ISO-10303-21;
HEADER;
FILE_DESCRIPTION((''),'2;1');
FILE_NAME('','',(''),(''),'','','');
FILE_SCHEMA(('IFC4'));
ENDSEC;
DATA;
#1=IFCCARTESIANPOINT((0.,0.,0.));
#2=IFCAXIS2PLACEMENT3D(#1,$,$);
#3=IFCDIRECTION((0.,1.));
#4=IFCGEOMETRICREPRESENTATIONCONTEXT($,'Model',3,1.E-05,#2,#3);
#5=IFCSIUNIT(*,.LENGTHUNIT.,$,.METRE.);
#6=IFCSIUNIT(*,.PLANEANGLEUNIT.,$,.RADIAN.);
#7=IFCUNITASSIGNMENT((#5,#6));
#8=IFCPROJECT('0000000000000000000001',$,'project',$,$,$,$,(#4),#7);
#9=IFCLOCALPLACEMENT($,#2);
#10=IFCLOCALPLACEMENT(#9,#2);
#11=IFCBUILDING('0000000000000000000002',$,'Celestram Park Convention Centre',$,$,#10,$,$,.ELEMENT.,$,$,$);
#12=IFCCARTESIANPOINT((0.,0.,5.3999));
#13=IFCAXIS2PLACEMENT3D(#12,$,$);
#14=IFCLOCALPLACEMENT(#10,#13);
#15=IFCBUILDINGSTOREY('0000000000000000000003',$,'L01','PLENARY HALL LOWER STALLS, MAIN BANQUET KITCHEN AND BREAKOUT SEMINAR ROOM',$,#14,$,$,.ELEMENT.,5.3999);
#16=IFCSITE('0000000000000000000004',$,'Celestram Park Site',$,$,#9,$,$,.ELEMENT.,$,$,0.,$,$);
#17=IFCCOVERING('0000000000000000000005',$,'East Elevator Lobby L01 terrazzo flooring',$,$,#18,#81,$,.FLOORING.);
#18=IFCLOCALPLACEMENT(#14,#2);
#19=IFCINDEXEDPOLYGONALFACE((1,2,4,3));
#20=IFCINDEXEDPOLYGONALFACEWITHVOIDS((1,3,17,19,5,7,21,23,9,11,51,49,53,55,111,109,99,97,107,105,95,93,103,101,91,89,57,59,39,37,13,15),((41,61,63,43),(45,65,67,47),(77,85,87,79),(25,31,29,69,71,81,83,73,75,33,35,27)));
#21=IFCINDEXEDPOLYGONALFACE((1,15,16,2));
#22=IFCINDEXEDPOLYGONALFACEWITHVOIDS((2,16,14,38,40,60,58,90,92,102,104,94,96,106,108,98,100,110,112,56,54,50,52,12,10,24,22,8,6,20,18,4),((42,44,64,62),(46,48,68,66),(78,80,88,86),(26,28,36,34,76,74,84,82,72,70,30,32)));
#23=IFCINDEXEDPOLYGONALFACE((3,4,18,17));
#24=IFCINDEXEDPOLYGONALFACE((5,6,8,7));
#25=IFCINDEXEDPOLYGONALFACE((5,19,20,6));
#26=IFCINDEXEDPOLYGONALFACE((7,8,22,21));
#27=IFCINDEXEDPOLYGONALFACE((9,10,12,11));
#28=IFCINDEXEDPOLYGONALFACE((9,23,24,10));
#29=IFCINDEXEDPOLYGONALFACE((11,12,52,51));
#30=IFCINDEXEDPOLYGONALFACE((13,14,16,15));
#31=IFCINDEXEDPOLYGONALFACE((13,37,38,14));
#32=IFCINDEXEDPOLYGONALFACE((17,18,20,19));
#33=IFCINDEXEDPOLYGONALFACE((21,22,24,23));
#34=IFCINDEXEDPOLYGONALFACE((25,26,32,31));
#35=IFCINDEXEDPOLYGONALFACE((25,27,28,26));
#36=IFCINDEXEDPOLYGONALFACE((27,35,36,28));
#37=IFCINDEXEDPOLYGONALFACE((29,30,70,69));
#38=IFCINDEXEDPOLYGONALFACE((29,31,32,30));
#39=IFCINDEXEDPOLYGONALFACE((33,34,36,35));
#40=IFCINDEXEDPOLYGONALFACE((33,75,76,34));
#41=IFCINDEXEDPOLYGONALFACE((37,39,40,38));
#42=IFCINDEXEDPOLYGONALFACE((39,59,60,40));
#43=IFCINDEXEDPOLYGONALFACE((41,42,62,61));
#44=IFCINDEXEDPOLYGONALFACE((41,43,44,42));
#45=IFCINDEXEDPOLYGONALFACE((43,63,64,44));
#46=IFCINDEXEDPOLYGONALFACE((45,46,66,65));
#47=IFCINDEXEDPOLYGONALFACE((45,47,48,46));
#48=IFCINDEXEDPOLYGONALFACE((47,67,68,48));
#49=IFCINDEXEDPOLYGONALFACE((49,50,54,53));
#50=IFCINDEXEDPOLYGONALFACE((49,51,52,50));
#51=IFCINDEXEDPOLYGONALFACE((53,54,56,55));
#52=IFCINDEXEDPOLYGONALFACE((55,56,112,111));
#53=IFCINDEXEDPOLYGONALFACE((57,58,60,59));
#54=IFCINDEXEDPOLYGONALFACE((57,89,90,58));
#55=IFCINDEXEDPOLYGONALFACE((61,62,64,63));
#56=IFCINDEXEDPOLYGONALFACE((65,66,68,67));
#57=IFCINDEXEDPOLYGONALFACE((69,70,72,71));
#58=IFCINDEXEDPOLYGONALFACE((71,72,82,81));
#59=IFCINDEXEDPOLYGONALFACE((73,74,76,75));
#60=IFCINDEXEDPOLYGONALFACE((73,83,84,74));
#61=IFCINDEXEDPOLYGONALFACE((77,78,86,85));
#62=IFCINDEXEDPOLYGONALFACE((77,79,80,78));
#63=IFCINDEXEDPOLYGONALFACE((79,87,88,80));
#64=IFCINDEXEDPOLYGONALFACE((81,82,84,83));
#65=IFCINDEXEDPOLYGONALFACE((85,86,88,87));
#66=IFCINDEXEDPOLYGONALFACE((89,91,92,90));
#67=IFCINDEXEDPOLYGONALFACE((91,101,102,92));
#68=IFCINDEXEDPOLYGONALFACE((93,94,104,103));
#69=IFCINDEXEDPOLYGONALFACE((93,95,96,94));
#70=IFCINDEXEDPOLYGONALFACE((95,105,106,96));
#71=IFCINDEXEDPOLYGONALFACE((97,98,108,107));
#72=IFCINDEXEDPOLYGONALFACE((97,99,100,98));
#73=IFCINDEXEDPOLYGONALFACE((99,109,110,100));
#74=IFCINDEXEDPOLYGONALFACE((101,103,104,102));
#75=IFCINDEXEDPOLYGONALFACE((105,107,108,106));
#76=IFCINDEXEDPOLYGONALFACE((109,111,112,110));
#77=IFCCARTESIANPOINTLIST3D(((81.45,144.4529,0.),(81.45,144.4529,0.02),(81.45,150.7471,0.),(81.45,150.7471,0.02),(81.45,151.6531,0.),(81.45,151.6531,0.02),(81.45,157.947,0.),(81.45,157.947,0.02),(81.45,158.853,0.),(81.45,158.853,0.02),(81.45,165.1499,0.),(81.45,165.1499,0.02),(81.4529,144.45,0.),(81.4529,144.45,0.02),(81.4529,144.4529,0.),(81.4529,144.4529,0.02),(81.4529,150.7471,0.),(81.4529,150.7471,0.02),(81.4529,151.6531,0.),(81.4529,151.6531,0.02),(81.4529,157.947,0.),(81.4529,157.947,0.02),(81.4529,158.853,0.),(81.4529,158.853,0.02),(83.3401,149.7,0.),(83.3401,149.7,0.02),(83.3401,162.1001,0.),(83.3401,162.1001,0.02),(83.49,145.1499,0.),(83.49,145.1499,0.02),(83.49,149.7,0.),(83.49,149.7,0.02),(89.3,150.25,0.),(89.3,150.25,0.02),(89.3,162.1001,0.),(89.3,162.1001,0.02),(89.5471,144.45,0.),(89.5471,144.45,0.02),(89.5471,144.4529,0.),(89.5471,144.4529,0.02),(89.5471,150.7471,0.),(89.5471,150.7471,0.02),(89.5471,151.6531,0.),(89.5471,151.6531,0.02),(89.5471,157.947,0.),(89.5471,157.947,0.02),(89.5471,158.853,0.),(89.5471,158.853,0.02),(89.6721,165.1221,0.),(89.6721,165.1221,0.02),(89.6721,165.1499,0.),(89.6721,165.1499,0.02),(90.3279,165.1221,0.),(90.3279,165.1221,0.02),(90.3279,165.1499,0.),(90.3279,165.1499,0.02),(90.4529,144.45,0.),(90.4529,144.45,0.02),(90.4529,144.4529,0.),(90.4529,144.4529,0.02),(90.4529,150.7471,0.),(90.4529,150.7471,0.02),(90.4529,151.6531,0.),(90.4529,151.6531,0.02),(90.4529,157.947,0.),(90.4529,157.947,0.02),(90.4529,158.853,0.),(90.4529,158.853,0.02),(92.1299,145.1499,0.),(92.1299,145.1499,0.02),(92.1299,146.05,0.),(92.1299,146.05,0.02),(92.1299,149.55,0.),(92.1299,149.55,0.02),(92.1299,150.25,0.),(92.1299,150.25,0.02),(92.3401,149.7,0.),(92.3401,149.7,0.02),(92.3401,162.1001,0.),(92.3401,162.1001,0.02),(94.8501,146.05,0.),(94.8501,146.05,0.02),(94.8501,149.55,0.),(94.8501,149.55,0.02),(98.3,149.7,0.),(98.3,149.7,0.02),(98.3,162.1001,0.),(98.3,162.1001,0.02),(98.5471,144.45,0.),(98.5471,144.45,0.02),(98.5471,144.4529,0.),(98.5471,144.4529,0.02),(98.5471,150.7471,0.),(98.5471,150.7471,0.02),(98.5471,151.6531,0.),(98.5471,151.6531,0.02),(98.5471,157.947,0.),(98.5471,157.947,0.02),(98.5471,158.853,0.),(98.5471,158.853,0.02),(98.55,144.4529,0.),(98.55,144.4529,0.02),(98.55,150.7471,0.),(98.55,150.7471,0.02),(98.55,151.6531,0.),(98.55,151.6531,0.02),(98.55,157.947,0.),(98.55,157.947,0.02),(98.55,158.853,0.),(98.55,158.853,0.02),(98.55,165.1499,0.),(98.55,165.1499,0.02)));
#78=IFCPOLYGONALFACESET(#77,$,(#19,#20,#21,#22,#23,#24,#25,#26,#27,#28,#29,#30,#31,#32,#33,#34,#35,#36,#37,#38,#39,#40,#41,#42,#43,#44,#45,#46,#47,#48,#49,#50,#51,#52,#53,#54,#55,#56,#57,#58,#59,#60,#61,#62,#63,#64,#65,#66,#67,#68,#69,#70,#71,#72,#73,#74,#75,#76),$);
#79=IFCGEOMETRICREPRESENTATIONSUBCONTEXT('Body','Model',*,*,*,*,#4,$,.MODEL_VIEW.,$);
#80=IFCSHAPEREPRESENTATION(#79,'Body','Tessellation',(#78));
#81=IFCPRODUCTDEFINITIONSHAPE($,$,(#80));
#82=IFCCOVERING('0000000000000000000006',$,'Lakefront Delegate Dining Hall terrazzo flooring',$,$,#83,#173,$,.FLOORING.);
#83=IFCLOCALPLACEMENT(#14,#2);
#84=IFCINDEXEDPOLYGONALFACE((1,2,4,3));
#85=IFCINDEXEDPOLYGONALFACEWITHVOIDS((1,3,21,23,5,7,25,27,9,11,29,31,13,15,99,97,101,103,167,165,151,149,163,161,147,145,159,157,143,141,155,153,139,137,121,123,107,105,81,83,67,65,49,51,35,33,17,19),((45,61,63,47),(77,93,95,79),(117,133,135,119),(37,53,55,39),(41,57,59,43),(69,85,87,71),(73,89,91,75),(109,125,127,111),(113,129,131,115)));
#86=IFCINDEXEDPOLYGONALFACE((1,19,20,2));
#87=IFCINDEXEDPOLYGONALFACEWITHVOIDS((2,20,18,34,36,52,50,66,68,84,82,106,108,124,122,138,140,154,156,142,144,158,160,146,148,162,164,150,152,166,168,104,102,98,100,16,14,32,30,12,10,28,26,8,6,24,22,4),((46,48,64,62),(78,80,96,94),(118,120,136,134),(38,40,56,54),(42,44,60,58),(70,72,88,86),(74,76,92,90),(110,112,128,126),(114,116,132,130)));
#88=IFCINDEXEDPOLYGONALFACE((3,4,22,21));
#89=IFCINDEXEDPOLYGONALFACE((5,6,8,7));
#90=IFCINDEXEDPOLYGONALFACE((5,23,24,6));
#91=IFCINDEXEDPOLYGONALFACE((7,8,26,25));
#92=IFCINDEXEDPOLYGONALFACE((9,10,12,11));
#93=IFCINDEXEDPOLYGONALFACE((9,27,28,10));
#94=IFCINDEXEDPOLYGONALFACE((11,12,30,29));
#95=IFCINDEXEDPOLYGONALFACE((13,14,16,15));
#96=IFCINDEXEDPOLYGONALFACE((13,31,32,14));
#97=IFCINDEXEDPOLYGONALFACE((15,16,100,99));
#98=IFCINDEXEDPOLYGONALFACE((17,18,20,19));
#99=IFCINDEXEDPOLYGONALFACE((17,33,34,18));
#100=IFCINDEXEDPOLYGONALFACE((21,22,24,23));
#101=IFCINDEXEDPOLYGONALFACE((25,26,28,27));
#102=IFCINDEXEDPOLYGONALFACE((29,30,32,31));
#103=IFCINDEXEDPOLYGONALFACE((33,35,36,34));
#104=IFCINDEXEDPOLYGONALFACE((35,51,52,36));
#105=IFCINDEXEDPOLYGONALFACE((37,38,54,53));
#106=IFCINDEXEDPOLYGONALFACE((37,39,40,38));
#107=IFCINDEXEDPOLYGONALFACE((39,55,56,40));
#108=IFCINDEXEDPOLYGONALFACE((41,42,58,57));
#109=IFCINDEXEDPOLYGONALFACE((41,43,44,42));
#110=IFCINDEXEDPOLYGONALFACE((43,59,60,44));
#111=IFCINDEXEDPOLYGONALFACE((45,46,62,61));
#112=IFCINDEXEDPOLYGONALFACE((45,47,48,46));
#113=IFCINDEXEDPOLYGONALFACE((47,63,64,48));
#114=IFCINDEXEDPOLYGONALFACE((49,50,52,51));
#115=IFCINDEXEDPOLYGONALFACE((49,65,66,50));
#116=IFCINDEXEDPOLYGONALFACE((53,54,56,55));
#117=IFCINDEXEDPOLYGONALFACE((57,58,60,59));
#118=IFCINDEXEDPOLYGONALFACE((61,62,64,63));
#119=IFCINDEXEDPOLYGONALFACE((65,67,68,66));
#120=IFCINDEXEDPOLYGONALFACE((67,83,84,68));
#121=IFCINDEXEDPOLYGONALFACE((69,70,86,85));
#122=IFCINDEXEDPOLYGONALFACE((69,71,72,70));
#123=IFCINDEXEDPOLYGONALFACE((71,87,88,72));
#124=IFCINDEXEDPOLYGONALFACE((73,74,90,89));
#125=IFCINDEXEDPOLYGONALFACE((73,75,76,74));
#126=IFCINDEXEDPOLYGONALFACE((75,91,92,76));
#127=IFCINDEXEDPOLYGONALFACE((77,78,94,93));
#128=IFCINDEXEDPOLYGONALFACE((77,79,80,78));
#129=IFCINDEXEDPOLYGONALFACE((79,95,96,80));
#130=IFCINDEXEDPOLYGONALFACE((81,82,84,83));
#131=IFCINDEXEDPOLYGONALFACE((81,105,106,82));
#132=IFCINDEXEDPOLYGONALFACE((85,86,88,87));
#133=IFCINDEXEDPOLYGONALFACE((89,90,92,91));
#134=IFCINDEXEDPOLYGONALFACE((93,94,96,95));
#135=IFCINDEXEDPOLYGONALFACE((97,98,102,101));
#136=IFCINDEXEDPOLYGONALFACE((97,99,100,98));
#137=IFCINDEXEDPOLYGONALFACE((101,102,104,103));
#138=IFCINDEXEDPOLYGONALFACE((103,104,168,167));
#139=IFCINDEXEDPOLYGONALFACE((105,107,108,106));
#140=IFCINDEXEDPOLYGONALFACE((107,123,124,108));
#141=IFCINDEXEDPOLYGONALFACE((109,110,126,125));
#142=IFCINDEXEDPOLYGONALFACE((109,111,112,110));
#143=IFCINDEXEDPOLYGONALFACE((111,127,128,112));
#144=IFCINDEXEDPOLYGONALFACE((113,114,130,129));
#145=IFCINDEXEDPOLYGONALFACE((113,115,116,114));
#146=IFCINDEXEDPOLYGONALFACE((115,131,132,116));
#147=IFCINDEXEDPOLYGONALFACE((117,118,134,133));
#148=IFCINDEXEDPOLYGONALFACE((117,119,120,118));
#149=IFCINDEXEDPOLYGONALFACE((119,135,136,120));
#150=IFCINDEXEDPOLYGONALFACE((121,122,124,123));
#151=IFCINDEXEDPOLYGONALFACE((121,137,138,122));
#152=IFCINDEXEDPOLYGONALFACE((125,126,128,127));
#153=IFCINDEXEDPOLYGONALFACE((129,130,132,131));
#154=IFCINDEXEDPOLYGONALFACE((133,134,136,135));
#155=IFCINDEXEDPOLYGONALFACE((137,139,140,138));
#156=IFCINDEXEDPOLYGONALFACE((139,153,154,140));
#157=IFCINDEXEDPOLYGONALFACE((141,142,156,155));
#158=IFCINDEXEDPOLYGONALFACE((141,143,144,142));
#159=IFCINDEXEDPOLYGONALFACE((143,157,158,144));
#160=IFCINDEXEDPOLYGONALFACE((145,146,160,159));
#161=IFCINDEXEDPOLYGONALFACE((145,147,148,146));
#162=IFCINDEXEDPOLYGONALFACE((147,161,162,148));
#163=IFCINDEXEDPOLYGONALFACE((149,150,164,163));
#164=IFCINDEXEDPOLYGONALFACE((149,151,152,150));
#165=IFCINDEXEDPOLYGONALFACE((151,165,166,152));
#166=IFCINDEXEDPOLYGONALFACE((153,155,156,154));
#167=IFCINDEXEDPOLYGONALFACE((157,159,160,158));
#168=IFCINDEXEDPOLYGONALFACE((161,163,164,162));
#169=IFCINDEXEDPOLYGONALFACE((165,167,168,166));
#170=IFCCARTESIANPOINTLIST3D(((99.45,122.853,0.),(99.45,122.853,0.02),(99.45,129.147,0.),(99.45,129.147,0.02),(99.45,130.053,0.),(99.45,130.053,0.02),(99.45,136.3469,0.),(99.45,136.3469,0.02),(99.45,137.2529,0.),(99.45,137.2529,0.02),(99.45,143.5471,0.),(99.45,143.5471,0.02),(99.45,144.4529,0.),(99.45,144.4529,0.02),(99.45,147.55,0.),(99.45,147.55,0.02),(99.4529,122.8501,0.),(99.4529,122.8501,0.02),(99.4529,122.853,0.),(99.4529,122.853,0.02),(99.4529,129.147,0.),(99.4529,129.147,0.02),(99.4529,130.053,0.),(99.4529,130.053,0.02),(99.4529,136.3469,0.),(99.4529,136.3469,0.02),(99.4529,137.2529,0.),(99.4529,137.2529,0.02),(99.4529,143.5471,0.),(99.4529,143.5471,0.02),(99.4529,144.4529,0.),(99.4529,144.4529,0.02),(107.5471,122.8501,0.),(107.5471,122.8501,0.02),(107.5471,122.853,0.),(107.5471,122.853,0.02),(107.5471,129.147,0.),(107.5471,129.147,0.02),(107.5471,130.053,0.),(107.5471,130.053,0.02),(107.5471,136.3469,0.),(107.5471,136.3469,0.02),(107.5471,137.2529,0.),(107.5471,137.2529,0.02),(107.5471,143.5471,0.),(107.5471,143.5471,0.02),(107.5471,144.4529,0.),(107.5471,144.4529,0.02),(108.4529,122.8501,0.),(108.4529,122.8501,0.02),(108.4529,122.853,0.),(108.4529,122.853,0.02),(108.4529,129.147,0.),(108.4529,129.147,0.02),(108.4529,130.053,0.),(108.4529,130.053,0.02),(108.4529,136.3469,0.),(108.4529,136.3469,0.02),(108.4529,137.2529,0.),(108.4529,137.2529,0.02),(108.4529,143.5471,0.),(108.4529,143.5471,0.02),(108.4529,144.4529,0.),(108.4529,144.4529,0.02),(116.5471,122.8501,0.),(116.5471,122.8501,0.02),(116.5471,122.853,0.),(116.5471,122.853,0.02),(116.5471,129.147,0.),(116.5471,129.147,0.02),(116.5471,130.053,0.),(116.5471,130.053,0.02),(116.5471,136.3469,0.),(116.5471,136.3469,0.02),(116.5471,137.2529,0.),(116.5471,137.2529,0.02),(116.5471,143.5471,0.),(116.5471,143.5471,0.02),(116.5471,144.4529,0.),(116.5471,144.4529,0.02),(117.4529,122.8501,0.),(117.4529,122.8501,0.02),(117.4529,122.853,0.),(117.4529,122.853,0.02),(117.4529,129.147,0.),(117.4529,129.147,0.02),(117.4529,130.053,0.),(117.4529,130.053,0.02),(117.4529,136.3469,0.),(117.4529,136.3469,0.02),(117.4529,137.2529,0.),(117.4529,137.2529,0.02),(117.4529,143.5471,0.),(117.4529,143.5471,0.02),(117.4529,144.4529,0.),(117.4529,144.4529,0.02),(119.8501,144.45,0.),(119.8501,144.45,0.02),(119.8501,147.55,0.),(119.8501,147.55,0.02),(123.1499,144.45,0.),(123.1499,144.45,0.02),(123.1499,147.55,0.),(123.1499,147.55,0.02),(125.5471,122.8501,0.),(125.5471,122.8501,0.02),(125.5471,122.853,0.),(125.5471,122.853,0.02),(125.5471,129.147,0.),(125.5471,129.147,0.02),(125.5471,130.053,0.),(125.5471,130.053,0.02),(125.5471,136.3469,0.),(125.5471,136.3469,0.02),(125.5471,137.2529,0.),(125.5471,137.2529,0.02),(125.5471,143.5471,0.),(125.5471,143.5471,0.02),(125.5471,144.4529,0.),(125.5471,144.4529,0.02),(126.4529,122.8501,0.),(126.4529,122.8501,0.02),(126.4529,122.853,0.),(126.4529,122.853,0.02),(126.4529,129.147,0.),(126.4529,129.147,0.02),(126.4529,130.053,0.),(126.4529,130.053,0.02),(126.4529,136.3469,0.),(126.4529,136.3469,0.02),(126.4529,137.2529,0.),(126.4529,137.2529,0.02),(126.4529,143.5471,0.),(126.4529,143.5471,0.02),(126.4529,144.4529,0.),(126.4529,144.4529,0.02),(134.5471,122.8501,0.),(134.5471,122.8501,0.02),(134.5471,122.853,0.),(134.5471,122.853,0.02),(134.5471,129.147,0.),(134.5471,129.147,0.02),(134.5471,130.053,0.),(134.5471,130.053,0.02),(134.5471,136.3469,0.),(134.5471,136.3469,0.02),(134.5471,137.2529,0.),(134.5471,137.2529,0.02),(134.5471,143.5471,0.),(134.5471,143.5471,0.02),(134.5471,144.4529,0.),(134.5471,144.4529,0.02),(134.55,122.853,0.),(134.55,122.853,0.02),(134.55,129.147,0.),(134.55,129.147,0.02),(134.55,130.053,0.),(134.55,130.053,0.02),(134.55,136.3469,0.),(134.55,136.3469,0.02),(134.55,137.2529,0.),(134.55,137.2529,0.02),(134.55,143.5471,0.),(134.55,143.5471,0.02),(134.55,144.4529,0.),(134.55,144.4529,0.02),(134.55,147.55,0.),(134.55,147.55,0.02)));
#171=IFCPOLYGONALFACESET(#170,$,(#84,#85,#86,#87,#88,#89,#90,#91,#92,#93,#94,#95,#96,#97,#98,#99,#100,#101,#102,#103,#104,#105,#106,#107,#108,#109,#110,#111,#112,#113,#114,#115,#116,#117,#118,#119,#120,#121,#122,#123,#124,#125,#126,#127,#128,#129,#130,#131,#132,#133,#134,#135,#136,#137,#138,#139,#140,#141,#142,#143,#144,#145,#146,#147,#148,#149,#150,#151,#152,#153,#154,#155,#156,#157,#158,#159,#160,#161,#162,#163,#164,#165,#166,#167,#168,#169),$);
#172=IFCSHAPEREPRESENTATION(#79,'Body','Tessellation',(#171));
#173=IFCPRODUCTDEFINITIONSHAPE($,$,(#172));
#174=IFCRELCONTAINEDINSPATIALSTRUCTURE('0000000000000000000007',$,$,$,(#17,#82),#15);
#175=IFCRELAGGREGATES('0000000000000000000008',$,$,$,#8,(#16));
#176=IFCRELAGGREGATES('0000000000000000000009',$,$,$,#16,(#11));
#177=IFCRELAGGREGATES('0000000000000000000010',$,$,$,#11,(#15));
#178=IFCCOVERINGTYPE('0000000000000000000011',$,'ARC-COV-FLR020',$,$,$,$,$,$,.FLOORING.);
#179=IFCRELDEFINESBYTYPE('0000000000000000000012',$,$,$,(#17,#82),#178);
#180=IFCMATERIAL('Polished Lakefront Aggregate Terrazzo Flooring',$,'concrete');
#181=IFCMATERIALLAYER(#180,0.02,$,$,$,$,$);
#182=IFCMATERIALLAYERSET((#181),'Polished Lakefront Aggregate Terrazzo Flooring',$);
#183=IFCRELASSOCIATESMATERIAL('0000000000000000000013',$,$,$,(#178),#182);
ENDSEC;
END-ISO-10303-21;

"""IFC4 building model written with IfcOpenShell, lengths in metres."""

from ifc_helpers import new_model, si_unit, direction, frame, origin, place, context, subcontext, project, spatial, polyline, outline, extrude, material, layer, layer_set, type_object, element, save


model = new_model("IFC4")

# Units and contexts
model_context = context("Model", 3, precision=1e-05, world=origin(), true_north=direction((0.0, 1.0)))
body_context = subcontext(model_context, "Body", "Model", "MODEL_VIEW")
ifc_project = project(units=[si_unit("LENGTHUNIT", "METRE"), si_unit("PLANEANGLEUNIT", "RADIAN")], contexts=[model_context])

# Site, building, storey
site_placement = place(None, origin())
site = spatial("IfcSite", under=ifc_project, at=site_placement, Name="Celestram Park Site", CompositionType="ELEMENT", RefElevation=0.0)
building_placement = place(site_placement, origin())
building = spatial("IfcBuilding", under=site, at=building_placement, Name="Celestram Park Convention Centre", CompositionType="ELEMENT")
storey_placement = place(building_placement, frame((0.0, 0.0, 5.3999)))
storey = spatial("IfcBuildingStorey", under=building, at=storey_placement, Name="L01", Description="PLENARY HALL LOWER STALLS, MAIN BANQUET KITCHEN AND BREAKOUT SEMINAR ROOM", CompositionType="ELEMENT", Elevation=5.3999)

# Coverings
ifc_material_1 = material(Name="Polished Lakefront Aggregate Terrazzo Flooring", Category="concrete")
ifc_layer_1 = layer(ifc_material_1, 0.02)
ifc_layer_set_1 = layer_set([ifc_layer_1], Name="Polished Lakefront Aggregate Terrazzo Flooring")
covering_type_1 = type_object("IfcCoveringType", Name="ARC-COV-FLR020", PredefinedType="FLOORING", material=ifc_layer_set_1)
covering_1_placement = place(storey_placement, origin())
element("IfcCovering", 1, at=covering_1_placement, inside=storey, type_object=covering_type_1, Name="East Elevator Lobby L01 terrazzo flooring", PredefinedType="FLOORING", context=body_context, shape_type="SweptSolid", body=[
    extrude(outline(polyline([(89.6721, 165.1499), (89.6721, 165.1221), (90.3279, 165.1221), (90.3279, 165.1499), (98.55, 165.1499), (98.55, 158.853), (98.5471, 158.853), (98.5471, 157.947), (98.55, 157.947), (98.55, 151.6531), (98.5471, 151.6531), (98.5471, 150.7471), (98.55, 150.7471), (98.55, 144.4529), (98.5471, 144.4529), (98.5471, 144.45), (90.4529, 144.45), (90.4529, 144.4529), (89.5471, 144.4529), (89.5471, 144.45), (81.4529, 144.45), (81.4529, 144.4529), (81.45, 144.4529), (81.45, 150.7471), (81.4529, 150.7471), (81.4529, 151.6531), (81.45, 151.6531), (81.45, 157.947), (81.4529, 157.947), (81.4529, 158.853), (81.45, 158.853), (81.45, 165.1499), (89.6721, 165.1499)]), holes=[polyline([(92.1299, 150.25), (89.3, 150.25), (89.3, 162.1001), (83.3401, 162.1001), (83.3401, 149.7), (83.49, 149.7), (83.49, 145.1499), (92.1299, 145.1499), (92.1299, 146.05), (94.8501, 146.05), (94.8501, 149.55), (92.1299, 149.55), (92.1299, 150.25)]), polyline([(98.3, 162.1001), (92.3401, 162.1001), (92.3401, 149.7), (98.3, 149.7), (98.3, 162.1001)]), polyline([(90.4529, 151.6531), (89.5471, 151.6531), (89.5471, 150.7471), (90.4529, 150.7471), (90.4529, 151.6531)]), polyline([(90.4529, 158.853), (89.5471, 158.853), (89.5471, 157.947), (90.4529, 157.947), (90.4529, 158.853)])]), origin(), (0.0, 0.0, 1.0), 0.02),
])
covering_2_placement = place(storey_placement, origin())
element("IfcCovering", 2, at=covering_2_placement, inside=storey, type_object=covering_type_1, Name="Lakefront Delegate Dining Hall terrazzo flooring", PredefinedType="FLOORING", context=body_context, shape_type="SweptSolid", body=[
    extrude(outline(polyline([(119.8501, 147.55), (119.8501, 144.45), (123.1499, 144.45), (123.1499, 147.55), (134.55, 147.55), (134.55, 144.4529), (134.5471, 144.4529), (134.5471, 143.5471), (134.55, 143.5471), (134.55, 137.2529), (134.5471, 137.2529), (134.5471, 136.3469), (134.55, 136.3469), (134.55, 130.053), (134.5471, 130.053), (134.5471, 129.147), (134.55, 129.147), (134.55, 122.853), (134.5471, 122.853), (134.5471, 122.8501), (126.4529, 122.8501), (126.4529, 122.853), (125.5471, 122.853), (125.5471, 122.8501), (117.4529, 122.8501), (117.4529, 122.853), (116.5471, 122.853), (116.5471, 122.8501), (108.4529, 122.8501), (108.4529, 122.853), (107.5471, 122.853), (107.5471, 122.8501), (99.4529, 122.8501), (99.4529, 122.853), (99.45, 122.853), (99.45, 129.147), (99.4529, 129.147), (99.4529, 130.053), (99.45, 130.053), (99.45, 136.3469), (99.4529, 136.3469), (99.4529, 137.2529), (99.45, 137.2529), (99.45, 143.5471), (99.4529, 143.5471), (99.4529, 144.4529), (99.45, 144.4529), (99.45, 147.55), (119.8501, 147.55)]), holes=[polyline([(108.4529, 130.053), (107.5471, 130.053), (107.5471, 129.147), (108.4529, 129.147), (108.4529, 130.053)]), polyline([(126.4529, 130.053), (125.5471, 130.053), (125.5471, 129.147), (126.4529, 129.147), (126.4529, 130.053)]), polyline([(117.4529, 130.053), (116.5471, 130.053), (116.5471, 129.147), (117.4529, 129.147), (117.4529, 130.053)]), polyline([(108.4529, 137.2529), (107.5471, 137.2529), (107.5471, 136.3469), (108.4529, 136.3469), (108.4529, 137.2529)]), polyline([(117.4529, 137.2529), (116.5471, 137.2529), (116.5471, 136.3469), (117.4529, 136.3469), (117.4529, 137.2529)]), polyline([(117.4529, 144.4529), (116.5471, 144.4529), (116.5471, 143.5471), (117.4529, 143.5471), (117.4529, 144.4529)]), polyline([(108.4529, 143.5471), (108.4529, 144.4529), (107.5471, 144.4529), (107.5471, 143.5471), (108.4529, 143.5471)]), polyline([(126.4529, 137.2529), (125.5471, 137.2529), (125.5471, 136.3469), (126.4529, 136.3469), (126.4529, 137.2529)]), polyline([(126.4529, 144.4529), (125.5471, 144.4529), (125.5471, 143.5471), (126.4529, 143.5471), (126.4529, 144.4529)])]), origin(), (0.0, 0.0, 1.0), 0.02),
])

save(model, "model.ifc")
